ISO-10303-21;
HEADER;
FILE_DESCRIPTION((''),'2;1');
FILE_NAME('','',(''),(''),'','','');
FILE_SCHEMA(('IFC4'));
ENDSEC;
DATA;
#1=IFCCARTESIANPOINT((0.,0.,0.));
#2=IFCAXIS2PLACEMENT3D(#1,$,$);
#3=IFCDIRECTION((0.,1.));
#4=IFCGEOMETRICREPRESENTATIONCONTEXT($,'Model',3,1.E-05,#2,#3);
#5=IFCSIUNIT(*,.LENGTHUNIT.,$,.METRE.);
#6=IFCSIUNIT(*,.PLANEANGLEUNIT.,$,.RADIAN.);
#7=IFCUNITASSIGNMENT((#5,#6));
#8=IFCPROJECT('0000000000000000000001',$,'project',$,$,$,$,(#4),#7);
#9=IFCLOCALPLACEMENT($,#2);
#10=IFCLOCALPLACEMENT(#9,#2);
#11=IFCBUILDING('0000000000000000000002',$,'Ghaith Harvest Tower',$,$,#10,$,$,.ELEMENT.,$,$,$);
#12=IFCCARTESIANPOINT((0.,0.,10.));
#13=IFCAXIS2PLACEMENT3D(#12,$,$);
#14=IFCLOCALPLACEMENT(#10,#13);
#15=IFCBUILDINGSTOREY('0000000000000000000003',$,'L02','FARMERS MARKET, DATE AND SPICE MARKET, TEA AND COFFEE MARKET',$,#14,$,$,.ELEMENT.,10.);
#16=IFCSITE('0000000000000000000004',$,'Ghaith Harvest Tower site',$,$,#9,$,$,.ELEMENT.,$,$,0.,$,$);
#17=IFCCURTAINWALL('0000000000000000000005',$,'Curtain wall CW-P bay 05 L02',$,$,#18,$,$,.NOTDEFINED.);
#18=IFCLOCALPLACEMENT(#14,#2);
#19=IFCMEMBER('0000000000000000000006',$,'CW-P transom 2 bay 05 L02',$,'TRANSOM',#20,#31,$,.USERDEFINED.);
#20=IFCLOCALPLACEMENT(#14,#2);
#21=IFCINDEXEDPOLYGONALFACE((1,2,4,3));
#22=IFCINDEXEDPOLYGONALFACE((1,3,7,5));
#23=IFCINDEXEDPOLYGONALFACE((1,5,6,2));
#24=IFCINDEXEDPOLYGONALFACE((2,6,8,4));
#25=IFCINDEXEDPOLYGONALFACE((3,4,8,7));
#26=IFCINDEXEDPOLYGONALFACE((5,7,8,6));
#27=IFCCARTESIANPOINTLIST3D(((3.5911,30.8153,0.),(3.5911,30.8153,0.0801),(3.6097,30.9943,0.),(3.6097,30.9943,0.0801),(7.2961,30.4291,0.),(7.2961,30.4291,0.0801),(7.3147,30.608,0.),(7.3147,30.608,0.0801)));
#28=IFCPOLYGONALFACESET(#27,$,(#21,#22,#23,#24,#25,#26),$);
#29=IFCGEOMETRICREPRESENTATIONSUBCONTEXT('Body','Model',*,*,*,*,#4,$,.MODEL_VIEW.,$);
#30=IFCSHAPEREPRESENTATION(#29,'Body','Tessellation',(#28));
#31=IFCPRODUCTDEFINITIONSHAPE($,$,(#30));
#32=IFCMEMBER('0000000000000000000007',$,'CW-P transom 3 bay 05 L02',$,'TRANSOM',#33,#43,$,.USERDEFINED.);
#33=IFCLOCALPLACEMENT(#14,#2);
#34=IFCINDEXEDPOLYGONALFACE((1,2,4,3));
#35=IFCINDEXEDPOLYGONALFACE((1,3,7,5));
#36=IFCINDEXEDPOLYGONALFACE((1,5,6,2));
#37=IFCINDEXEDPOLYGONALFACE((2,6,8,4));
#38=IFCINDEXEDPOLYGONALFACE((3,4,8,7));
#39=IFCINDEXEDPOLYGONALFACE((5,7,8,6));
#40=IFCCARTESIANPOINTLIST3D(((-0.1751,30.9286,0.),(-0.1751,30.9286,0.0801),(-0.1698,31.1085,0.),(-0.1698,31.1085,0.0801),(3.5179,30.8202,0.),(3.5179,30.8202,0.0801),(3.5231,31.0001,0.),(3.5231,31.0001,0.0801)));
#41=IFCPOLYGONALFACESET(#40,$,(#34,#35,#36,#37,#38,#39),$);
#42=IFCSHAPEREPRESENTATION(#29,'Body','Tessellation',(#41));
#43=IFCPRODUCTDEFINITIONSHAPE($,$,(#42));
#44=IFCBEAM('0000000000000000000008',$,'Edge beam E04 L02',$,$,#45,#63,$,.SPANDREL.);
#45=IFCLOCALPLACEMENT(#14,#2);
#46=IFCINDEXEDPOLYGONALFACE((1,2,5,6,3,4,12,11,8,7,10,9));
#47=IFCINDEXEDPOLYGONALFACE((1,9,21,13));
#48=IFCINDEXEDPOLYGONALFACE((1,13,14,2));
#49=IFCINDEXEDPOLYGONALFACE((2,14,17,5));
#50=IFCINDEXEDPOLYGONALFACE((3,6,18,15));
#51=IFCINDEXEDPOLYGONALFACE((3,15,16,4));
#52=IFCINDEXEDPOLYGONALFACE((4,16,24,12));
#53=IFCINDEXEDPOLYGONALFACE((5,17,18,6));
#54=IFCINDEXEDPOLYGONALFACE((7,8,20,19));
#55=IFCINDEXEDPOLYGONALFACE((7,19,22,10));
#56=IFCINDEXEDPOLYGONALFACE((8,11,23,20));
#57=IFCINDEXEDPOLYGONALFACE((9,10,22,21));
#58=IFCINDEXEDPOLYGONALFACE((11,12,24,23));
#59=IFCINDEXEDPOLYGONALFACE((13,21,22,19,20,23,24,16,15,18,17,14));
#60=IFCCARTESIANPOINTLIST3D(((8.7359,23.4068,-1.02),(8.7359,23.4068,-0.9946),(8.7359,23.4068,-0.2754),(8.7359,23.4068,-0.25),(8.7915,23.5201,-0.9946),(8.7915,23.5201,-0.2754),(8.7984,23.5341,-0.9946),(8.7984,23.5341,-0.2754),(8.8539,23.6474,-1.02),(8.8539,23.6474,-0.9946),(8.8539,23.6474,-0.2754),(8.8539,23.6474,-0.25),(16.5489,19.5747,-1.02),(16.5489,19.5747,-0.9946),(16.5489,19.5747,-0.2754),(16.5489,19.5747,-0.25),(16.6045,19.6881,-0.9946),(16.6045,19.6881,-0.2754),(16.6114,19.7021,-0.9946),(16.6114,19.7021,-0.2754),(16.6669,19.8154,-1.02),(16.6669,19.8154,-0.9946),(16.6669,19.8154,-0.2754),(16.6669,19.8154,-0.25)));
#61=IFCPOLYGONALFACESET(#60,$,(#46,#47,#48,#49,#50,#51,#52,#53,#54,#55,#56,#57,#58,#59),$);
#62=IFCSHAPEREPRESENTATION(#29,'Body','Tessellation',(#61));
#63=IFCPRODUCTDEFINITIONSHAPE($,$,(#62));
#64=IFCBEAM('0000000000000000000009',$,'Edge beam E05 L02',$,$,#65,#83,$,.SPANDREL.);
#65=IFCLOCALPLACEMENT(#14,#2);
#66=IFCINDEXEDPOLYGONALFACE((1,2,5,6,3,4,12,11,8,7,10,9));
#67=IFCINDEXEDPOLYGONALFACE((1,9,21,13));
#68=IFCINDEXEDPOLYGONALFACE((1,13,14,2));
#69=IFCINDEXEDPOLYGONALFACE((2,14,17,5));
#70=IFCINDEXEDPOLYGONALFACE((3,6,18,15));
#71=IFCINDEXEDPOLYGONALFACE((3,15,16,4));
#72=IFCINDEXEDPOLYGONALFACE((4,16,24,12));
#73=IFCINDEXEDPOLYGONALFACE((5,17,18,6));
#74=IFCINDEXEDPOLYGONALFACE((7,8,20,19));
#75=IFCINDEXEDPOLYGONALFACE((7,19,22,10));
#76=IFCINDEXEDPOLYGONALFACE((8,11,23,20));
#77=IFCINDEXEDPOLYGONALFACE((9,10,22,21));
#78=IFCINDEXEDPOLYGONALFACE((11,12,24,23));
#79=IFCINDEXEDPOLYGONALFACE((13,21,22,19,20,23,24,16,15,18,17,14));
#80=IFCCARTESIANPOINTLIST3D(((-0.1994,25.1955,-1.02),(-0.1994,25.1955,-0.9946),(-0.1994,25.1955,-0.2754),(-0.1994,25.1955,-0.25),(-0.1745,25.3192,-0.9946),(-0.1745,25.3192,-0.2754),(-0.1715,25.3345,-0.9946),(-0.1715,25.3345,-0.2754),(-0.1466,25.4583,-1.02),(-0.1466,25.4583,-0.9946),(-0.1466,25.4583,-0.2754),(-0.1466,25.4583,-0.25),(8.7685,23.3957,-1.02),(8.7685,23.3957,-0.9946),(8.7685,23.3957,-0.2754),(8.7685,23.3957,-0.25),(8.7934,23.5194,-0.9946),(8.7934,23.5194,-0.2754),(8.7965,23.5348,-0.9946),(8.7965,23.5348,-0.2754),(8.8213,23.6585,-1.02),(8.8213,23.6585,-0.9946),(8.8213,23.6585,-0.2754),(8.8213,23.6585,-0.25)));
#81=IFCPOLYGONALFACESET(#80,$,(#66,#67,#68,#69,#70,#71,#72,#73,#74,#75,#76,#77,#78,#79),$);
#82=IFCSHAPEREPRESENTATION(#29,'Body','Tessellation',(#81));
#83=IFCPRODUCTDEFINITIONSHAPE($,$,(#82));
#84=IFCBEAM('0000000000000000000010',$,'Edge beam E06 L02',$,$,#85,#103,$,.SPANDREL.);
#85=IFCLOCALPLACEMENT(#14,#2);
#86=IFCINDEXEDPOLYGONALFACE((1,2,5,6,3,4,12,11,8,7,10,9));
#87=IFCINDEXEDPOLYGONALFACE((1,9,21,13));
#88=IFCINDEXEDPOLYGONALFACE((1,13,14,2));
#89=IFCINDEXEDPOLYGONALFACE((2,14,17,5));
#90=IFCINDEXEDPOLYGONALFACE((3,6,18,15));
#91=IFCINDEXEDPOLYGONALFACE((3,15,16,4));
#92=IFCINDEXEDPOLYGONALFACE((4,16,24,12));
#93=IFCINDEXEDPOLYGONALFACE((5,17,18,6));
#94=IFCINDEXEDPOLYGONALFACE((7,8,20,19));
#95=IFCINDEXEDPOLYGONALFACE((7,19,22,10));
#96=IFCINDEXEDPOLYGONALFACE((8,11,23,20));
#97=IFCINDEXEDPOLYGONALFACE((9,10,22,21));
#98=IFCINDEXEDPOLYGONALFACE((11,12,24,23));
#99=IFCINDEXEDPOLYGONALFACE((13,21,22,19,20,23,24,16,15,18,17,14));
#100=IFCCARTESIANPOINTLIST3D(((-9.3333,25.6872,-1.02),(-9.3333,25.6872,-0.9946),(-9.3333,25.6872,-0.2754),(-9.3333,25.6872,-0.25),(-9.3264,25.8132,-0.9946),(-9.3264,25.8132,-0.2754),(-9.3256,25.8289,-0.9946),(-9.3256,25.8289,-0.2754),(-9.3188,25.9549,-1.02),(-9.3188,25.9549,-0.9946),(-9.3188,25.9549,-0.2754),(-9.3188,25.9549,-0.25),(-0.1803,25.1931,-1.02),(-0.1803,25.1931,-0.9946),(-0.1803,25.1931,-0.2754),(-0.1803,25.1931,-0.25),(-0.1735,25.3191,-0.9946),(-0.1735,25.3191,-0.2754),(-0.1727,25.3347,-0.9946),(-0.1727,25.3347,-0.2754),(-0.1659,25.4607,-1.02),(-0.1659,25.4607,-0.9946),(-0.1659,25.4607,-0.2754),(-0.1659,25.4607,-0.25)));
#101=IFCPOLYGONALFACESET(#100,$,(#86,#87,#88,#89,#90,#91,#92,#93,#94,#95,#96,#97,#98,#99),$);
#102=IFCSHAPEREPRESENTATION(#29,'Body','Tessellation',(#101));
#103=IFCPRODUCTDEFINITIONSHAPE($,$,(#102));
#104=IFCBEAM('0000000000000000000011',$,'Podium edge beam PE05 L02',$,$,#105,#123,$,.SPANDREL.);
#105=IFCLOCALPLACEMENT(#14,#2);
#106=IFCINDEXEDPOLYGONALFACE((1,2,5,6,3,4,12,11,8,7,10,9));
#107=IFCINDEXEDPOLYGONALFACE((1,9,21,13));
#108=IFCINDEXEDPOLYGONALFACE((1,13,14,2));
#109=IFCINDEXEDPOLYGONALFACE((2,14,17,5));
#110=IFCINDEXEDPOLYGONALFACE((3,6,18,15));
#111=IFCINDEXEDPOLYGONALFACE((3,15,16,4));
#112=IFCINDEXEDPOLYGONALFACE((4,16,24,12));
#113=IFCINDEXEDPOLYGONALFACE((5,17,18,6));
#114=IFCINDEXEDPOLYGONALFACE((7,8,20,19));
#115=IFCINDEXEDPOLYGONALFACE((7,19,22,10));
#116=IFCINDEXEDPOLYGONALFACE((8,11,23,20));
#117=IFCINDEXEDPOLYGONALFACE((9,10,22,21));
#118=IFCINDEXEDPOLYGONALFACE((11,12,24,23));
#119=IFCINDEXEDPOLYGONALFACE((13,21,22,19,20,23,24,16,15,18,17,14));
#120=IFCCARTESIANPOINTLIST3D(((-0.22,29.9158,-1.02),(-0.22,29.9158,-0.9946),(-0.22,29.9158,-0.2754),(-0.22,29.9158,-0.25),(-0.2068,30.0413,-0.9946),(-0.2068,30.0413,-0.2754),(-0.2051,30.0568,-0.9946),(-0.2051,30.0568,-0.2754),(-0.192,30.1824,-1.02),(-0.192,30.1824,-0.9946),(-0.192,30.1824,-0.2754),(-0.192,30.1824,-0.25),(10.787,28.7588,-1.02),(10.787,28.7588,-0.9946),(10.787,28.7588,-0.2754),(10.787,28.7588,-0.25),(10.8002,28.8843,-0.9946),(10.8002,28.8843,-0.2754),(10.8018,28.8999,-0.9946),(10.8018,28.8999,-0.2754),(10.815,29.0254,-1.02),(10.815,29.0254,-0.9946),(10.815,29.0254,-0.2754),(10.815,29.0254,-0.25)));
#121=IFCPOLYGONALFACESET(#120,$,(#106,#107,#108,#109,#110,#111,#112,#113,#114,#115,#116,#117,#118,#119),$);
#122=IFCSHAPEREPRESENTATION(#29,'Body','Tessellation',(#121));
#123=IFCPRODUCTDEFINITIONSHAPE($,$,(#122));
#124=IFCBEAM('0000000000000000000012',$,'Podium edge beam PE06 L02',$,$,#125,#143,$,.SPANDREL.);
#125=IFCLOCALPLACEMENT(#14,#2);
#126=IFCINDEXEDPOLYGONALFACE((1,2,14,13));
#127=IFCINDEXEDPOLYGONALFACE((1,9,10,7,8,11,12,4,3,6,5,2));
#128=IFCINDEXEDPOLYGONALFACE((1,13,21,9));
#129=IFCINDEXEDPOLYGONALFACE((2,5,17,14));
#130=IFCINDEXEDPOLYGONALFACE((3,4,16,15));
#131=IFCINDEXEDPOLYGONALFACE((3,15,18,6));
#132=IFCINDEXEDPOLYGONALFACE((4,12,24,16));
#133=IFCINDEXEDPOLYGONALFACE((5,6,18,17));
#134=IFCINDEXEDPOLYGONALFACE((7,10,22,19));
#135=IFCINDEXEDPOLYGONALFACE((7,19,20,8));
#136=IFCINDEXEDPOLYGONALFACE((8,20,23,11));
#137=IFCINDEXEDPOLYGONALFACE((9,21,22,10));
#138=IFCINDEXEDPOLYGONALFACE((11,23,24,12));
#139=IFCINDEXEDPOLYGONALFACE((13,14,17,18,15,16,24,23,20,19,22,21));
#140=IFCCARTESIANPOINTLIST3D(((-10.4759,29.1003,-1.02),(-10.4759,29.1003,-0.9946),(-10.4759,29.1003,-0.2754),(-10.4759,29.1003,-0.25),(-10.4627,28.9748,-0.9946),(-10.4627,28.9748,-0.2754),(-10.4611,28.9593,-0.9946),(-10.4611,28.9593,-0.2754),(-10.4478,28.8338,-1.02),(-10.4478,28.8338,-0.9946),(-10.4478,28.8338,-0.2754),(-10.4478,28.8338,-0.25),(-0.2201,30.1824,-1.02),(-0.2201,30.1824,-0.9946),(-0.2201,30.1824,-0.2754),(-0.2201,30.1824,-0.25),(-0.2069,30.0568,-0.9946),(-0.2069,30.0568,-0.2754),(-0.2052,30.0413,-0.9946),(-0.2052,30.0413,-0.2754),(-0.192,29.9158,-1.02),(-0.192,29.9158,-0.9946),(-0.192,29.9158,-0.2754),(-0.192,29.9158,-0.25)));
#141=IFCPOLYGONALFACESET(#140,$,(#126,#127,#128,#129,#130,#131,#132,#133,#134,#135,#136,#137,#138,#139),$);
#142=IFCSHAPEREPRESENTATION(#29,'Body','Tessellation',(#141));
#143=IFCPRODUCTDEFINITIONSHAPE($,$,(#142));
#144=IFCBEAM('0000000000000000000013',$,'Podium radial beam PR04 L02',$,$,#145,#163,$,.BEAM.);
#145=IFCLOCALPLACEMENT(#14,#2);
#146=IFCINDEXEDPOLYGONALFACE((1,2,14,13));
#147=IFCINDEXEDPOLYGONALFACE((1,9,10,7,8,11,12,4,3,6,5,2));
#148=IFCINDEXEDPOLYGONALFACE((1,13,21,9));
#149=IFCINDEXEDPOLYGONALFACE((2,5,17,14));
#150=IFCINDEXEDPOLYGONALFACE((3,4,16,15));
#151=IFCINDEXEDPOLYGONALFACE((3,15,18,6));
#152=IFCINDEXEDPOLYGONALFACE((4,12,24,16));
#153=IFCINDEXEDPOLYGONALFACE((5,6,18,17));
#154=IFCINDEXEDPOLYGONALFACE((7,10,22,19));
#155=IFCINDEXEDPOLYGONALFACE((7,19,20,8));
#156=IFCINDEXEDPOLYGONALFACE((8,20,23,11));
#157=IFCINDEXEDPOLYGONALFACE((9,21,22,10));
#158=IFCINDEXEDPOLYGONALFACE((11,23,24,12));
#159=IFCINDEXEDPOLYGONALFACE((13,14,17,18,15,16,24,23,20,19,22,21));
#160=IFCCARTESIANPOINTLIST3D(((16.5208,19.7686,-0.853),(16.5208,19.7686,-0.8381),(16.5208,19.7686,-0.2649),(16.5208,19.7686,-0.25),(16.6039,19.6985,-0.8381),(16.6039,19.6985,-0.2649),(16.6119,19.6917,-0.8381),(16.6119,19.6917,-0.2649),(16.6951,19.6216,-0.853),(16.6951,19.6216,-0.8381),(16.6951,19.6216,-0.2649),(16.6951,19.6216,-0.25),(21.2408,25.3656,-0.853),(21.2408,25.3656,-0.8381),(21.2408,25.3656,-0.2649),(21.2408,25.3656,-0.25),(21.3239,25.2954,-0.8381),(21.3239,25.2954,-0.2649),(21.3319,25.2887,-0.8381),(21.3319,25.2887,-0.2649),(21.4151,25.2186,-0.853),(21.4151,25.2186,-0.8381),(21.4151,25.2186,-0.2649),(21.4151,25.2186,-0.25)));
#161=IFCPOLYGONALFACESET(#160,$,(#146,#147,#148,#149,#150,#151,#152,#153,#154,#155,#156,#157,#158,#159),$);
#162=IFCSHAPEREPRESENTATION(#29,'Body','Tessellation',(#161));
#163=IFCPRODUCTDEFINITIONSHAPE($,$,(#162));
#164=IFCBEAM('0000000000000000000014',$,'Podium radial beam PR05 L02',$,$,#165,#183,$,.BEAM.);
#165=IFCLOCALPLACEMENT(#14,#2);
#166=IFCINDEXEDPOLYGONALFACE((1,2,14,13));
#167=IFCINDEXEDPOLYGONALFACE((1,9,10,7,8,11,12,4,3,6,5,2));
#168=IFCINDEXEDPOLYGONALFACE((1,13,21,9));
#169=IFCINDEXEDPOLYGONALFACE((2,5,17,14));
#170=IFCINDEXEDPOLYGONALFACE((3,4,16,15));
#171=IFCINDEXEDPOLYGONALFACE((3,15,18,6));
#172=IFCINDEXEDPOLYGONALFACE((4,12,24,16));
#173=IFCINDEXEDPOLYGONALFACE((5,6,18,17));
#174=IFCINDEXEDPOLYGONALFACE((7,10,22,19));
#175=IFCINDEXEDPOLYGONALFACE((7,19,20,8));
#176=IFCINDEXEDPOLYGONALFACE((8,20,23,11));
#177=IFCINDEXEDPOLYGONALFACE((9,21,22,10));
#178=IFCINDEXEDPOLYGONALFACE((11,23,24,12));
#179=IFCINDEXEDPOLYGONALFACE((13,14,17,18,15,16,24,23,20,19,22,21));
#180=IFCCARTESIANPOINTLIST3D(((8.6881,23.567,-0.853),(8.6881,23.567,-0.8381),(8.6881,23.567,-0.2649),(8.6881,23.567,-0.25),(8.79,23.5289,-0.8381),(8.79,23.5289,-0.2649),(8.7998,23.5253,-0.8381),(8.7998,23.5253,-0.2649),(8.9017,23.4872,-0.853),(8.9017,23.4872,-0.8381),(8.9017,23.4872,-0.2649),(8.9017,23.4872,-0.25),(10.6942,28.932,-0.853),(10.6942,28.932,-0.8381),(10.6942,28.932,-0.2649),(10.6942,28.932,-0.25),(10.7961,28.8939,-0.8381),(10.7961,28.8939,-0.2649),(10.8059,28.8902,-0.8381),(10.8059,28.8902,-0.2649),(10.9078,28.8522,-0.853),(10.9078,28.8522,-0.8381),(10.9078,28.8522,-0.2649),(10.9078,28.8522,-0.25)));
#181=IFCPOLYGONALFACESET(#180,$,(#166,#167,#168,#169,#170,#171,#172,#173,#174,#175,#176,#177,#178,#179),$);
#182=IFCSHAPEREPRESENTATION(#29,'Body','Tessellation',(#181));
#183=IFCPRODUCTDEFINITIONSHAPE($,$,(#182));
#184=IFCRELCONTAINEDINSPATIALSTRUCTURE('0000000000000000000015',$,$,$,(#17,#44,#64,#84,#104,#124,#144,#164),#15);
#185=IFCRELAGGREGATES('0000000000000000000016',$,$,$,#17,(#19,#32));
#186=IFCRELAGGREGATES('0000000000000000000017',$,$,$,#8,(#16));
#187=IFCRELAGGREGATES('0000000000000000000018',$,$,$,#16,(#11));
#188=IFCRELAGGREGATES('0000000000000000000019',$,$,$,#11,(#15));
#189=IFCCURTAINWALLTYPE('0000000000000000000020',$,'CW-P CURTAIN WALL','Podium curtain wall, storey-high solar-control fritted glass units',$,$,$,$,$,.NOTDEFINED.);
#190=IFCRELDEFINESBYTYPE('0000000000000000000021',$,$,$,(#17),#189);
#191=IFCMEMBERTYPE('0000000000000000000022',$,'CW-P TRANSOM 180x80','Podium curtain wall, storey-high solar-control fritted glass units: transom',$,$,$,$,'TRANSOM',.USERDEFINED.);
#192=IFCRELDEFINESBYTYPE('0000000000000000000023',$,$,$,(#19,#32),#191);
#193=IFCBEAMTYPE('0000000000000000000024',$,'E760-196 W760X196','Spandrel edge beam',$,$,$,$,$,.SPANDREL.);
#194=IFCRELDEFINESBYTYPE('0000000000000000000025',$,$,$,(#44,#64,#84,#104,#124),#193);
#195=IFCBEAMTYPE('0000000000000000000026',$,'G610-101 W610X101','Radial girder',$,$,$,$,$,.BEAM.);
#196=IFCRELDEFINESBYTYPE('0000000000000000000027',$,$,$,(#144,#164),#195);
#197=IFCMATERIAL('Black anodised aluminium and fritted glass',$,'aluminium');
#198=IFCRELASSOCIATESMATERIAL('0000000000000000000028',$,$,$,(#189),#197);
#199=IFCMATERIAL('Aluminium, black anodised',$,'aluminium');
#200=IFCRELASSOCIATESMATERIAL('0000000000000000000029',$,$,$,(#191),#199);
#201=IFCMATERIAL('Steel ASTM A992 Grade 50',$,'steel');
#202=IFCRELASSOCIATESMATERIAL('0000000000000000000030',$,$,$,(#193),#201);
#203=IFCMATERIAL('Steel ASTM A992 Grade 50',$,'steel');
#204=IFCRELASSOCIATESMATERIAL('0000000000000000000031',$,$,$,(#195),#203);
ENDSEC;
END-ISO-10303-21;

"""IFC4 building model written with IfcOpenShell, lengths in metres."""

from ifc_helpers import new_model, si_unit, direction, frame, origin, origin_2d, place, context, subcontext, project, spatial, rectangle, i_section, extrude, material, material_profile, profile_set, type_object, element, aggregate, save


model = new_model("IFC4")

# Units and contexts
model_context = context("Model", 3, precision=1e-05, world=origin(), true_north=direction((0.0, 1.0)))
body_context = subcontext(model_context, "Body", "Model", "MODEL_VIEW")
ifc_project = project(units=[si_unit("LENGTHUNIT", "METRE"), si_unit("PLANEANGLEUNIT", "RADIAN")], contexts=[model_context])

# Site, building, storey
site_placement = place(None, origin())
site = spatial("IfcSite", under=ifc_project, at=site_placement, Name="Ghaith Harvest Tower site", CompositionType="ELEMENT", RefElevation=0.0)
building_placement = place(site_placement, origin())
building = spatial("IfcBuilding", under=site, at=building_placement, Name="Ghaith Harvest Tower", CompositionType="ELEMENT")
storey_placement = place(building_placement, frame((0.0, 0.0, 10.0)))
storey = spatial("IfcBuildingStorey", under=building, at=storey_placement, Name="L02", Description="FARMERS MARKET, DATE AND SPICE MARKET, TEA AND COFFEE MARKET", CompositionType="ELEMENT", Elevation=10.0)

# Curtain wall
ifc_material_1 = material(Name="Black anodised aluminium and fritted glass", Category="aluminium")
curtain_wall_type = type_object("IfcCurtainWallType", Name="CW-P CURTAIN WALL", Description="Podium curtain wall, storey-high solar-control fritted glass units", PredefinedType="NOTDEFINED", material=ifc_material_1)
curtain_wall_1_placement = place(storey_placement, origin())
curtain_wall_1 = element("IfcCurtainWall", 1, at=curtain_wall_1_placement, inside=storey, type_object=curtain_wall_type, Name="Curtain wall CW-P bay 05 L02", PredefinedType="NOTDEFINED")

# Members
ifc_material_2 = material(Name="Aluminium, black anodised", Category="aluminium")
ifc_material_profile_1 = material_profile(ifc_material_2, rectangle(XDim=0.1799, YDim=0.0801, at=origin_2d()), Name="CW-P TRANSOM 180x80")
ifc_profile_set_1 = profile_set([ifc_material_profile_1], Name="Aluminium, black anodised")
member_type_1 = type_object("IfcMemberType", Name="CW-P TRANSOM 180x80", Description="Podium curtain wall, storey-high solar-control fritted glass units: transom", ElementType="TRANSOM", PredefinedType="USERDEFINED", material=ifc_profile_set_1)
member_1_placement = place(storey_placement, frame((7.3054, 30.5186, 0.04), z_axis=(-0.994611, 0.103682, 0.0), x_axis=(-0.103682, -0.994611, 0.0)))
member_1 = element("IfcMember", 2, at=member_1_placement, type_object=member_type_1, Name="CW-P transom 2 bay 05 L02", ObjectType="TRANSOM", PredefinedType="USERDEFINED", context=body_context, shape_type="SweptSolid", body=[
    extrude(rectangle(XDim=0.1799, YDim=0.0801, at=origin_2d()), origin(), (0.0, 0.0, 1.0), 3.7251),
])
member_2_placement = place(storey_placement, frame((3.5205, 30.9102, 0.04), z_axis=(-0.999569, 0.029341, 0.0), x_axis=(-0.029341, -0.999569, 0.0)))
member_2 = element("IfcMember", 3, at=member_2_placement, type_object=member_type_1, Name="CW-P transom 3 bay 05 L02", ObjectType="TRANSOM", PredefinedType="USERDEFINED", context=body_context, shape_type="SweptSolid", body=[
    extrude(rectangle(XDim=0.1799, YDim=0.0801, at=origin_2d()), origin(), (0.0, 0.0, 1.0), 3.6946),
])

# Beams
ifc_material_3 = material(Name="Steel ASTM A992 Grade 50", Category="steel")
ifc_material_profile_2 = material_profile(ifc_material_3, i_section(OverallWidth=0.2681, OverallDepth=0.77, WebThickness=0.0156, FlangeThickness=0.0254, at=origin_2d()), Name="W760X196")
ifc_profile_set_2 = profile_set([ifc_material_profile_2], Name="Steel ASTM A992 Grade 50")
beam_type_1 = type_object("IfcBeamType", Name="E760-196 W760X196", Description="Spandrel edge beam", PredefinedType="SPANDREL", material=ifc_profile_set_2)
beam_1_placement = place(storey_placement, frame((16.6079, 19.6951, -0.635), z_axis=(-0.897824, 0.440355, 0.0), x_axis=(-0.440355, -0.897824, 0.0)))
element("IfcBeam", 4, at=beam_1_placement, inside=storey, type_object=beam_type_1, Name="Edge beam E04 L02", PredefinedType="SPANDREL", context=body_context, shape_type="SweptSolid", body=[
    extrude(i_section(OverallWidth=0.2681, OverallDepth=0.77, WebThickness=0.0156, FlangeThickness=0.0254, at=origin_2d()), origin(), (0.0, 0.0, 1.0), 8.7021),
])
beam_2_placement = place(storey_placement, frame((8.7949, 23.5271, -0.635), z_axis=(-0.98045, 0.196768, 0.0), x_axis=(-0.196768, -0.98045, 0.0)))
element("IfcBeam", 5, at=beam_2_placement, inside=storey, type_object=beam_type_1, Name="Edge beam E05 L02", PredefinedType="SPANDREL", context=body_context, shape_type="SweptSolid", body=[
    extrude(i_section(OverallWidth=0.2681, OverallDepth=0.77, WebThickness=0.0156, FlangeThickness=0.0254, at=origin_2d()), origin(), (0.0, 0.0, 1.0), 9.1467),
])
beam_3_placement = place(storey_placement, frame((-0.1731, 25.3269, -0.635), z_axis=(-0.998546, 0.053909, 0.0), x_axis=(-0.053909, -0.998546, 0.0)))
element("IfcBeam", 6, at=beam_3_placement, inside=storey, type_object=beam_type_1, Name="Edge beam E06 L02", PredefinedType="SPANDREL", context=body_context, shape_type="SweptSolid", body=[
    extrude(i_section(OverallWidth=0.2681, OverallDepth=0.77, WebThickness=0.0156, FlangeThickness=0.0254, at=origin_2d()), origin(), (0.0, 0.0, 1.0), 9.1663),
])
beam_4_placement = place(storey_placement, frame((10.801, 28.8921, -0.635), z_axis=(-0.994521, 0.104537, 0.0), x_axis=(-0.104537, -0.994521, 0.0)))
element("IfcBeam", 7, at=beam_4_placement, inside=storey, type_object=beam_type_1, Name="Podium edge beam PE05 L02", PredefinedType="SPANDREL", context=body_context, shape_type="SweptSolid", body=[
    extrude(i_section(OverallWidth=0.2681, OverallDepth=0.77, WebThickness=0.0156, FlangeThickness=0.0254, at=origin_2d()), origin(), (0.0, 0.0, 1.0), 11.0676),
])
beam_5_placement = place(storey_placement, frame((-0.2061, 30.0491, -0.635), z_axis=(-0.994481, -0.104921, 0.0), x_axis=(0.104921, -0.994481, 0.0)))
element("IfcBeam", 8, at=beam_5_placement, inside=storey, type_object=beam_type_1, Name="Podium edge beam PE06 L02", PredefinedType="SPANDREL", context=body_context, shape_type="SweptSolid", body=[
    extrude(i_section(OverallWidth=0.2681, OverallDepth=0.77, WebThickness=0.0156, FlangeThickness=0.0254, at=origin_2d()), origin(), (0.0, 0.0, 1.0), 10.3127),
])
ifc_material_4 = material(Name="Steel ASTM A992 Grade 50", Category="steel")
ifc_material_profile_3 = material_profile(ifc_material_4, i_section(OverallWidth=0.228, OverallDepth=0.603, WebThickness=0.0105, FlangeThickness=0.0149, at=origin_2d()), Name="W610X101")
ifc_profile_set_3 = profile_set([ifc_material_profile_3], Name="Steel ASTM A992 Grade 50")
beam_type_2 = type_object("IfcBeamType", Name="G610-101 W610X101", Description="Radial girder", PredefinedType="BEAM", material=ifc_profile_set_3)
beam_6_placement = place(storey_placement, frame((16.6079, 19.6951, -0.5515), z_axis=(0.644677, 0.764455, 0.0), x_axis=(-0.764455, 0.644677, 0.0)))
element("IfcBeam", 9, at=beam_6_placement, inside=storey, type_object=beam_type_2, Name="Podium radial beam PR04 L02", PredefinedType="BEAM", context=body_context, shape_type="SweptSolid", body=[
    extrude(i_section(OverallWidth=0.228, OverallDepth=0.603, WebThickness=0.0105, FlangeThickness=0.0149, at=origin_2d()), origin(), (0.0, 0.0, 1.0), 7.3215),
])
beam_7_placement = place(storey_placement, frame((8.7949, 23.5271, -0.5515), z_axis=(0.35024, 0.93666, 0.0), x_axis=(-0.93666, 0.35024, 0.0)))
element("IfcBeam", 10, at=beam_7_placement, inside=storey, type_object=beam_type_2, Name="Podium radial beam PR05 L02", PredefinedType="BEAM", context=body_context, shape_type="SweptSolid", body=[
    extrude(i_section(OverallWidth=0.228, OverallDepth=0.603, WebThickness=0.0105, FlangeThickness=0.0149, at=origin_2d()), origin(), (0.0, 0.0, 1.0), 5.7278),
])

aggregate(curtain_wall_1, [member_1, member_2])

save(model, "model.ifc")
